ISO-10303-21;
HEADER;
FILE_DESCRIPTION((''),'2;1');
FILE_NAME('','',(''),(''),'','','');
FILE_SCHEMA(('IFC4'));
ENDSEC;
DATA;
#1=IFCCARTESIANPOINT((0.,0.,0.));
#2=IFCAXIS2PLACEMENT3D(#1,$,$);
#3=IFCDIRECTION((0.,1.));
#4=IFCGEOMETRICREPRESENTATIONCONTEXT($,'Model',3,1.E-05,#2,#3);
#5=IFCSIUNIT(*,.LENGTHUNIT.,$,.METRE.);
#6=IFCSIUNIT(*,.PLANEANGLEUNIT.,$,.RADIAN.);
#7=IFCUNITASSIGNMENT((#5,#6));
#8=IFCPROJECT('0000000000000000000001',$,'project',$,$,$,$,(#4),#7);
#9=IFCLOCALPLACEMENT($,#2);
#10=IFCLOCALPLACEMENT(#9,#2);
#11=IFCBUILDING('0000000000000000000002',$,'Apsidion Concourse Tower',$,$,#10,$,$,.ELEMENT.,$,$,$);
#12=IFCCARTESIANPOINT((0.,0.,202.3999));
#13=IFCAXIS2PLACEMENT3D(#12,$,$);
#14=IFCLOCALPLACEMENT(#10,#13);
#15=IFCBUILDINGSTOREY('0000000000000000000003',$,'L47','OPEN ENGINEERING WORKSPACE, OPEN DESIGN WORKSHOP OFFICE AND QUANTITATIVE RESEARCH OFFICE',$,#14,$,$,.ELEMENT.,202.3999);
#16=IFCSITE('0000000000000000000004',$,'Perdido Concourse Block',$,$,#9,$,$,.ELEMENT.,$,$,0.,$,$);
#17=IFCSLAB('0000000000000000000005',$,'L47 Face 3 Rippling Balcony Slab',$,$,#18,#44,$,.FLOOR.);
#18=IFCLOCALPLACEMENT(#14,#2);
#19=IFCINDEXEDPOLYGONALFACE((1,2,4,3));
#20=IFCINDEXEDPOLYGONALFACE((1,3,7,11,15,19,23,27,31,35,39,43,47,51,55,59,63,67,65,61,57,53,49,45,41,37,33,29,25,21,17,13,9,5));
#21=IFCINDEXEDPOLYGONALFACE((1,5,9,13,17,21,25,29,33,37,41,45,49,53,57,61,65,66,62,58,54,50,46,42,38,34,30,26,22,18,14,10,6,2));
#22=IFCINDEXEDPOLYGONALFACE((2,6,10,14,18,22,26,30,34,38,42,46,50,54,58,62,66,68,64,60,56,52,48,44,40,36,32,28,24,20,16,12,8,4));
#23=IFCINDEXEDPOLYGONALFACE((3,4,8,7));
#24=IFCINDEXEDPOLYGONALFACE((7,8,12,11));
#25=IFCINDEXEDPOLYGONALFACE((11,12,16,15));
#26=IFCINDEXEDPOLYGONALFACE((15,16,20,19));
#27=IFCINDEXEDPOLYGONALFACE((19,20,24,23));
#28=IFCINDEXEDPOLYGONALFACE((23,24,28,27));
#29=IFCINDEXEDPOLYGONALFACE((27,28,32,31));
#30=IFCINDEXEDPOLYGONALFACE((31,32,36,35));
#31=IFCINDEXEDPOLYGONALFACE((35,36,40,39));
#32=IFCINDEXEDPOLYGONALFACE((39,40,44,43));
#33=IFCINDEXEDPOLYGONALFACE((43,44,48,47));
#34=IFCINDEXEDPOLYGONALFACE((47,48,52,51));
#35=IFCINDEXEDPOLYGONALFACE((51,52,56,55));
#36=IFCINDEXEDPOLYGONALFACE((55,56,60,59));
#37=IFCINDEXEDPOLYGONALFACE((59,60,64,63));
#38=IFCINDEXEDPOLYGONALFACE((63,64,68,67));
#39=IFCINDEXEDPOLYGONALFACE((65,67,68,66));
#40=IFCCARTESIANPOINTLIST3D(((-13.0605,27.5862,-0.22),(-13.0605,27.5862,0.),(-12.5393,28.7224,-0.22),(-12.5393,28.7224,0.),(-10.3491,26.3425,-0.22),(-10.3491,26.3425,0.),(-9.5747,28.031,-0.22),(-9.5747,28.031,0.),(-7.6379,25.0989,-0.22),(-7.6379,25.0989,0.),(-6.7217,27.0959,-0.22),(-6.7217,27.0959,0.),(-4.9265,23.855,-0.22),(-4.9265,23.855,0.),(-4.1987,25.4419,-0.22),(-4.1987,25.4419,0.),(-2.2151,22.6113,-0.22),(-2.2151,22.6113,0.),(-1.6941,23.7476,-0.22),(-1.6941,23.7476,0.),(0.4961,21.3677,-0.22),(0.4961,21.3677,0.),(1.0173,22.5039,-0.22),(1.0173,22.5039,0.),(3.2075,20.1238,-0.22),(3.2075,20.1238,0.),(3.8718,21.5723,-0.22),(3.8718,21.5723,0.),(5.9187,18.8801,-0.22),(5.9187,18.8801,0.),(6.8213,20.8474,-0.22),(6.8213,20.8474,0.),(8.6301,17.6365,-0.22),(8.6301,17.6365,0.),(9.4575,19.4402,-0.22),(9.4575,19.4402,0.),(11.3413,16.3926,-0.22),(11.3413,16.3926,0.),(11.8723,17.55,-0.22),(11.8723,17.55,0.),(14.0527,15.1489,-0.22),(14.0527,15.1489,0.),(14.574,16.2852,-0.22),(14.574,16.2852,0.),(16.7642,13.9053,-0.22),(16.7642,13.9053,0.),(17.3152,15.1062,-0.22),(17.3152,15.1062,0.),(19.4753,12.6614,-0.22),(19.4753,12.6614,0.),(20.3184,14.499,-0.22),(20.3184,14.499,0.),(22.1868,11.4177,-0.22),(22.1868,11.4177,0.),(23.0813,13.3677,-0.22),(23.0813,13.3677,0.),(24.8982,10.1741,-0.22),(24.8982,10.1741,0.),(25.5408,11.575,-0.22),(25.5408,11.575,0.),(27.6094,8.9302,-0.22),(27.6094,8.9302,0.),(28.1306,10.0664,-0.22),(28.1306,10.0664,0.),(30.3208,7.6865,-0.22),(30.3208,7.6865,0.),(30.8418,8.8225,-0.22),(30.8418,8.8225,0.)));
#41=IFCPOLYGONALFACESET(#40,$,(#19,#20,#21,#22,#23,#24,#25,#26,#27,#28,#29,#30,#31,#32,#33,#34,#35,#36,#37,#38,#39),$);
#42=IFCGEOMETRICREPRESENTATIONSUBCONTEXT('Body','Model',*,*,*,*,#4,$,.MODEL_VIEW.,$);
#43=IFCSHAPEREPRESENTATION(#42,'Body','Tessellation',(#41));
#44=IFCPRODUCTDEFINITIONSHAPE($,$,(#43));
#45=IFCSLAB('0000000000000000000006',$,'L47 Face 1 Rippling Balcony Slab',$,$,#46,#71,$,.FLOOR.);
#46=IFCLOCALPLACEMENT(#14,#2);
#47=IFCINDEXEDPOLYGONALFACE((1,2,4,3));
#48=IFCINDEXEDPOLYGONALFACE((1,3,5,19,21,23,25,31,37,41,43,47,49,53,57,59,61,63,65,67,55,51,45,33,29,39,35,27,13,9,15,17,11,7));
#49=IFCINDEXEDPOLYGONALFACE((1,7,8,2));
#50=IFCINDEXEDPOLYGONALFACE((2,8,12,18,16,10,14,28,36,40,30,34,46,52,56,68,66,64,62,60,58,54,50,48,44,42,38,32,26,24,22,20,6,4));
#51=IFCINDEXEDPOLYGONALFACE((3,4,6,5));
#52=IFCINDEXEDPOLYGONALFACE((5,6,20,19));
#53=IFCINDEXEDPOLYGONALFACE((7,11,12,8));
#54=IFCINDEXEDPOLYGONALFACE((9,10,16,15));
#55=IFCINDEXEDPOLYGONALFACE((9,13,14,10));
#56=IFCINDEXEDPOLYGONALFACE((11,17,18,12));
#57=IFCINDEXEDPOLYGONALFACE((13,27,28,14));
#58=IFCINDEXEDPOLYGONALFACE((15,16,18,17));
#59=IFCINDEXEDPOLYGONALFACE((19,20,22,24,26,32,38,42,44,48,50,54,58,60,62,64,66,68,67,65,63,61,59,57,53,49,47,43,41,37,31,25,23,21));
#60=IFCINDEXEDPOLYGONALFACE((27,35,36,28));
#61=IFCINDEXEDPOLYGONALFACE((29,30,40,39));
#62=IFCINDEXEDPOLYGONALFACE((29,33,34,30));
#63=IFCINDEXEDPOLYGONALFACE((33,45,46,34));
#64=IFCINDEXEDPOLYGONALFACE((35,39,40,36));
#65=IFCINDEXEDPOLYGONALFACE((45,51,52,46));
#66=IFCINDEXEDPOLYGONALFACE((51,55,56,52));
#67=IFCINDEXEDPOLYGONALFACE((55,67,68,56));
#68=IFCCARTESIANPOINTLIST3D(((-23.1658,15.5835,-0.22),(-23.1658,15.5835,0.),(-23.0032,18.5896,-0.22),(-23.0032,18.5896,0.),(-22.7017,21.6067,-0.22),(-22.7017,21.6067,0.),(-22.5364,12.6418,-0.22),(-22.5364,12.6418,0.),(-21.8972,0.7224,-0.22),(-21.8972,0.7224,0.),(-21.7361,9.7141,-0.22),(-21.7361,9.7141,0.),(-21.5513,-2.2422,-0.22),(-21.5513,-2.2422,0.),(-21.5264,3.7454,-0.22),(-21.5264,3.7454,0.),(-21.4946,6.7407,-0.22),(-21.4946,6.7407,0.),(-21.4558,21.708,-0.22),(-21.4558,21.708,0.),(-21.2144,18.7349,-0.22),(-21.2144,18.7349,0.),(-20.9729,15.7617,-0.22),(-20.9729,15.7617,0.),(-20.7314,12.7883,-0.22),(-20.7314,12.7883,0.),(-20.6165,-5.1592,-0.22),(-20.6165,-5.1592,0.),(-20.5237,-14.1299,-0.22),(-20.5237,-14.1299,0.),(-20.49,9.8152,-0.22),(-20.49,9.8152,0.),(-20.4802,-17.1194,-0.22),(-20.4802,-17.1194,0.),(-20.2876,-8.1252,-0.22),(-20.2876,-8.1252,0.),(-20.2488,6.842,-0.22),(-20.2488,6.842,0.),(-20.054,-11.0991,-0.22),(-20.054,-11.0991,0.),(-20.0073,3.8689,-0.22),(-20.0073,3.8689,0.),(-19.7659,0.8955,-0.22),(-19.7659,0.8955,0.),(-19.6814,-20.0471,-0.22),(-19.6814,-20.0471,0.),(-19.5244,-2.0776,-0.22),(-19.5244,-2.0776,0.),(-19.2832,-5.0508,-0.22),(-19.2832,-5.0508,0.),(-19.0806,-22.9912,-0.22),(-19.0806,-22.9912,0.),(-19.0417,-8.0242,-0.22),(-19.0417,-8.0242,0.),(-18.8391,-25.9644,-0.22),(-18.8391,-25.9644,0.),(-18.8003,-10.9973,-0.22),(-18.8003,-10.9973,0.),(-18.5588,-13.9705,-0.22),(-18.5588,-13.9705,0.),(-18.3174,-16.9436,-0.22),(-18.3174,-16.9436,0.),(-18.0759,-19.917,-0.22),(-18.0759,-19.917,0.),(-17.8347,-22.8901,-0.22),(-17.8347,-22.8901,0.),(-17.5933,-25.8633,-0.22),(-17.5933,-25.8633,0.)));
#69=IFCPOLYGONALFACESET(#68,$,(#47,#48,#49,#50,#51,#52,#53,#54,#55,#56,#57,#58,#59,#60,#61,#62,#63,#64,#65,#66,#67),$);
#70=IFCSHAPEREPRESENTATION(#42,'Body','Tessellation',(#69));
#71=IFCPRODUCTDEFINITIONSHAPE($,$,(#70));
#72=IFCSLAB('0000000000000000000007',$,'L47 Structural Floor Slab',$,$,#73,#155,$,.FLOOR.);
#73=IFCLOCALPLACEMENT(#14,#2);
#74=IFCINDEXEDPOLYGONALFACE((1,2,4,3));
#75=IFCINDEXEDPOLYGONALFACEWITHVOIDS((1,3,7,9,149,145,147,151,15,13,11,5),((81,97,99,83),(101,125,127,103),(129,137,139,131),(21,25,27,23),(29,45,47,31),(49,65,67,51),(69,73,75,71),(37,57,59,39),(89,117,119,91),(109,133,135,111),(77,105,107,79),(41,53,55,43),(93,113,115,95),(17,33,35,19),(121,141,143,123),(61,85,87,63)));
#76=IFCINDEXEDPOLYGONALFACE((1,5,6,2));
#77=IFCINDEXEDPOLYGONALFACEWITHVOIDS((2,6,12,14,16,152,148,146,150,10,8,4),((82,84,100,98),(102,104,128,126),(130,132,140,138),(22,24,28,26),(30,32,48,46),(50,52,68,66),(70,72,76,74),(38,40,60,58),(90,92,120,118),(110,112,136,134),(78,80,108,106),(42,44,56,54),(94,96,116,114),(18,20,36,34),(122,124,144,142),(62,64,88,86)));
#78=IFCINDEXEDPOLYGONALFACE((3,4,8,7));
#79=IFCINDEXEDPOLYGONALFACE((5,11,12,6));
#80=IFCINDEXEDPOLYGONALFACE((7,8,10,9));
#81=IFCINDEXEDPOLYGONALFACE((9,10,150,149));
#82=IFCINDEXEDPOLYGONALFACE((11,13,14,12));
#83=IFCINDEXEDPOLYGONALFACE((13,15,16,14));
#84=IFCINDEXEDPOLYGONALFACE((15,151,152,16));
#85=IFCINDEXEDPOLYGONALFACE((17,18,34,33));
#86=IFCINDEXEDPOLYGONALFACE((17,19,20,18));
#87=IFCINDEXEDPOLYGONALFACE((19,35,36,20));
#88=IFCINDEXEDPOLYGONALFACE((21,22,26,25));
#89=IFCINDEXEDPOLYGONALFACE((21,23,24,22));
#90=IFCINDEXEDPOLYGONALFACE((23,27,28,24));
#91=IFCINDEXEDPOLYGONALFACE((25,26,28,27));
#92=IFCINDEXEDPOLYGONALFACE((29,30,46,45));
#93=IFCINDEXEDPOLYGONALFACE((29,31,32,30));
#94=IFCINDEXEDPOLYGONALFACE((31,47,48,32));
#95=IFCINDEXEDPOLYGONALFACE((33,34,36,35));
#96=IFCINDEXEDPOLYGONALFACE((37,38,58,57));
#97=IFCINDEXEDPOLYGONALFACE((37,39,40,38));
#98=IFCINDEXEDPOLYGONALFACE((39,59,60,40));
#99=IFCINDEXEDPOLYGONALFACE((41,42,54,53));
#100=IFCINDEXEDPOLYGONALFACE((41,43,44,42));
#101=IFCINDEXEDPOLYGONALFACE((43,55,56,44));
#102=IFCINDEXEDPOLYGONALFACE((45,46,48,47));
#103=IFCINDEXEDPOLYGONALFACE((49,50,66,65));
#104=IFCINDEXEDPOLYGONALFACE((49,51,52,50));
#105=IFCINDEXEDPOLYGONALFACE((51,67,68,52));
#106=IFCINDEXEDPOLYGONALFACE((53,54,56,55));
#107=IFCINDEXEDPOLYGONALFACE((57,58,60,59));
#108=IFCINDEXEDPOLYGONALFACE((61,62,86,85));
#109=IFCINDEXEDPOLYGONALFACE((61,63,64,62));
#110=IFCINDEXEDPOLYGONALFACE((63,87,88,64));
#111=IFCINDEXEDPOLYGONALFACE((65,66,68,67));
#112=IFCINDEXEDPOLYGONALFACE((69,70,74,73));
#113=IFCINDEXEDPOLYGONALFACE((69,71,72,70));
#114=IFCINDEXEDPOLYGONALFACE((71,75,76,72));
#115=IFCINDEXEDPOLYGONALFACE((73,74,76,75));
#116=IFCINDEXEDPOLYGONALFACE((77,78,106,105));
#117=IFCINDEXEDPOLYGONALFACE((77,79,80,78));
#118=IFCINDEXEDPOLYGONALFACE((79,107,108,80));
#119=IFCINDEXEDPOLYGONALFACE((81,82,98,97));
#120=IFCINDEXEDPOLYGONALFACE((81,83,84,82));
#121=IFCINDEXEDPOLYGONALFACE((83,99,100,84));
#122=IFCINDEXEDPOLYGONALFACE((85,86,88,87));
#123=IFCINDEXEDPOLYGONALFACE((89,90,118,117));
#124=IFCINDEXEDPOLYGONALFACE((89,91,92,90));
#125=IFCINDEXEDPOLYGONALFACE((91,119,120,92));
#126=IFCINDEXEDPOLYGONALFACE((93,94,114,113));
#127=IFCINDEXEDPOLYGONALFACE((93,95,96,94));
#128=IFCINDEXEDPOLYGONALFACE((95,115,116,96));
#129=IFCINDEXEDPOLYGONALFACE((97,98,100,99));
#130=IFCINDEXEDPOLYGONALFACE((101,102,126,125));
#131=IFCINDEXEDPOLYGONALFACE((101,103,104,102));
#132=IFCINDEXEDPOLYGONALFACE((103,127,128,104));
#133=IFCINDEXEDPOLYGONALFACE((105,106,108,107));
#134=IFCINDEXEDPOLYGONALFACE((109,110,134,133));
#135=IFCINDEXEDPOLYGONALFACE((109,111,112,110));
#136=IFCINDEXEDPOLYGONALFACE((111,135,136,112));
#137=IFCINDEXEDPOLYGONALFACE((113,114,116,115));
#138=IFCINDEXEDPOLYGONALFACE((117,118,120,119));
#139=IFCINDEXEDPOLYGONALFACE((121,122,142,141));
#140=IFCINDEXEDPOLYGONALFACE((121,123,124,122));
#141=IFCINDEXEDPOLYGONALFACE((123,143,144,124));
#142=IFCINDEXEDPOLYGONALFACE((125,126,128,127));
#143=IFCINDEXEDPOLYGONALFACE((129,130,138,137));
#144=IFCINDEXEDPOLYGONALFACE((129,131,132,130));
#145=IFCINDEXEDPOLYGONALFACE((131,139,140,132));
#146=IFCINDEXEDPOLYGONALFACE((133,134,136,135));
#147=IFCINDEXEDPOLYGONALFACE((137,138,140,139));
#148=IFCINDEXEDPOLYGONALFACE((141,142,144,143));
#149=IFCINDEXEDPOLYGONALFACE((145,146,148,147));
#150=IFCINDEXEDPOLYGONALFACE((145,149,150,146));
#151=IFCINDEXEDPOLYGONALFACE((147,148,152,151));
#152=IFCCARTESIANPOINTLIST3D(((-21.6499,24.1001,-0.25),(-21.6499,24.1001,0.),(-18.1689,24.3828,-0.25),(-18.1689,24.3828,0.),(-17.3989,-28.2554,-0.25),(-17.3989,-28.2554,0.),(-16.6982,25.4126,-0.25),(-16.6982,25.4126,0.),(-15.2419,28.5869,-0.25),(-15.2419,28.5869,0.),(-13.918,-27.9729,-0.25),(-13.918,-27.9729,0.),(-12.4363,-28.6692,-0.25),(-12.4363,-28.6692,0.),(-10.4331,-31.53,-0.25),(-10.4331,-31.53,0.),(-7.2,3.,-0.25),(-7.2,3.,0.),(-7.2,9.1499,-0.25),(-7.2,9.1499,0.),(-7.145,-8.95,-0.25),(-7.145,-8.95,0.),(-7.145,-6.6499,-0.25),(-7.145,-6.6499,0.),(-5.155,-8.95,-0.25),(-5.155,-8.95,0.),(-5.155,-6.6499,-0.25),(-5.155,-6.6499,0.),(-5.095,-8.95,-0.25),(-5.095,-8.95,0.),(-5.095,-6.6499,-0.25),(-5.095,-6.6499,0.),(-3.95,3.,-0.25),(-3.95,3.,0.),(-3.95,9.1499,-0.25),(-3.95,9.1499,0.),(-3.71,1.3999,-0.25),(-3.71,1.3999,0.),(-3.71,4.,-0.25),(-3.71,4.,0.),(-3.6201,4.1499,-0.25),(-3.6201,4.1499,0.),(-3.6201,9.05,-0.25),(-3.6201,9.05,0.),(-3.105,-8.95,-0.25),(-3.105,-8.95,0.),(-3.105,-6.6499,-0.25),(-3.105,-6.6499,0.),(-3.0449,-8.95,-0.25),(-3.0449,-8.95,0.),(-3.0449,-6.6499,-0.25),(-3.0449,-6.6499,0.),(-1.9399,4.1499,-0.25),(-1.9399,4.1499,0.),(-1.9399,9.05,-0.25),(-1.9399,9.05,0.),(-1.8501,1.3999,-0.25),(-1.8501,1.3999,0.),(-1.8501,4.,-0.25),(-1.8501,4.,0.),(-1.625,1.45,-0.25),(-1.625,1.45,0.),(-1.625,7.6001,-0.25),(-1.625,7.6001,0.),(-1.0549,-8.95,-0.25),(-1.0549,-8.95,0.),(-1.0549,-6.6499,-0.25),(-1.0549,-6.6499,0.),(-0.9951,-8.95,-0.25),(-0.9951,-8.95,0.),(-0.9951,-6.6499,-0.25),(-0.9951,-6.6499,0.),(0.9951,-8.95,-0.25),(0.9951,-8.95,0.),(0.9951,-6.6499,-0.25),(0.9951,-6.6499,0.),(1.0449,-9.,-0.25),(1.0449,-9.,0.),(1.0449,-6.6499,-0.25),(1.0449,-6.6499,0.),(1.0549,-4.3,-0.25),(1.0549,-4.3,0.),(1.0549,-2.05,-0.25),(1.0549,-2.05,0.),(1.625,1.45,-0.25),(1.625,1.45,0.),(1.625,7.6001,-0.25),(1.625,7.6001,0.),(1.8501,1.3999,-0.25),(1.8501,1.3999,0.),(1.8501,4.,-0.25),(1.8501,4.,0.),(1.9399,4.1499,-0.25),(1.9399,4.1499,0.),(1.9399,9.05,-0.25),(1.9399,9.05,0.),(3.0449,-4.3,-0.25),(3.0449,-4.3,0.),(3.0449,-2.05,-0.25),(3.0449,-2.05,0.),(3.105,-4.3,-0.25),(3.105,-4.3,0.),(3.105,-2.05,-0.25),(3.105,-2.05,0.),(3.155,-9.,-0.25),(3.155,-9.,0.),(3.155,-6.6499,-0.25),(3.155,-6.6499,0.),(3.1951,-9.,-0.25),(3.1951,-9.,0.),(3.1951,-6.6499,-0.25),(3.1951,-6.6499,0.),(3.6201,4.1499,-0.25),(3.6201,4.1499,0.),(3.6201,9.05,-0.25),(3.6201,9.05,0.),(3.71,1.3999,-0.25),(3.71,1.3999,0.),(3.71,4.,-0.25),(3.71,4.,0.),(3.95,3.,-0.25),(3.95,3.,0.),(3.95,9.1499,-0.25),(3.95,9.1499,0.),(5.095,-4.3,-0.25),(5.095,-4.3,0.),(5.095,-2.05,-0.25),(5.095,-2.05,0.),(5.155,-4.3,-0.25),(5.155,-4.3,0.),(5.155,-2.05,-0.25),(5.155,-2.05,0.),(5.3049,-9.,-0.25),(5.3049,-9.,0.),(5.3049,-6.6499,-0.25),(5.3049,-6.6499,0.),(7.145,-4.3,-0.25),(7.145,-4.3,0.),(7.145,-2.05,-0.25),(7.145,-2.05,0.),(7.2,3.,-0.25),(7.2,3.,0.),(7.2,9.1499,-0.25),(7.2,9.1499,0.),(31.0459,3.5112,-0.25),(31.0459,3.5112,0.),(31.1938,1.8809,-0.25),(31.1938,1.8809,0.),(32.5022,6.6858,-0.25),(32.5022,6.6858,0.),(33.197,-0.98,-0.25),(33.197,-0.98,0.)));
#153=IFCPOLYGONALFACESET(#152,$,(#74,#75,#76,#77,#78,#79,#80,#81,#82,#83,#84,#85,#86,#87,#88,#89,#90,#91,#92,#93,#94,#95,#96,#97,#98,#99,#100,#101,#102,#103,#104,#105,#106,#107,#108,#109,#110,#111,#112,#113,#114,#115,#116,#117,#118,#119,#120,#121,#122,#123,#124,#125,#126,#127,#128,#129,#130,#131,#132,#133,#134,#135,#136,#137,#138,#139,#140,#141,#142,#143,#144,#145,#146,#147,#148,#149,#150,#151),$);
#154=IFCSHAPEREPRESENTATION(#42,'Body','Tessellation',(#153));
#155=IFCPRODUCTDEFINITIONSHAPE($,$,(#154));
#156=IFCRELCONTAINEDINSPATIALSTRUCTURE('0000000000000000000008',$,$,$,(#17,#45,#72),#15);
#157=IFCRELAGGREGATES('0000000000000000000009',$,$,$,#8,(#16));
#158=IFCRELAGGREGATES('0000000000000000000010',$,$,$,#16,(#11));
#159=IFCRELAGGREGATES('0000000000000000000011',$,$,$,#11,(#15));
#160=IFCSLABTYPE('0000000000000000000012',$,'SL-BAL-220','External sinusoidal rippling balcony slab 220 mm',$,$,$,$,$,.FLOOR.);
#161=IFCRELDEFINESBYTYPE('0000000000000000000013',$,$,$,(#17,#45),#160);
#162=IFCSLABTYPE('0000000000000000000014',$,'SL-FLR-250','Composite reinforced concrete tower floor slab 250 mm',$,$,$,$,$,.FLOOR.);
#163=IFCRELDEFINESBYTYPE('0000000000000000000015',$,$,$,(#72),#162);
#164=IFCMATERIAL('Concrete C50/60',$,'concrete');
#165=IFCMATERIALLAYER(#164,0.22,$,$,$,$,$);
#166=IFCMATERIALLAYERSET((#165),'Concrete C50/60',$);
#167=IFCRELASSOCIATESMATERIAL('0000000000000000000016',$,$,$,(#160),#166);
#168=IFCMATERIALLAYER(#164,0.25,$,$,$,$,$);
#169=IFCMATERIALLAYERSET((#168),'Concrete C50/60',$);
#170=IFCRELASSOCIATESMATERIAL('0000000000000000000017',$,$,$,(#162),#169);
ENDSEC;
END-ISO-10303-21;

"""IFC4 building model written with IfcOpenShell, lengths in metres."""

from ifc_helpers import new_model, si_unit, direction, frame, origin, place, context, subcontext, project, spatial, polyline, outline, extrude, material, layer, layer_set, type_object, element, save


model = new_model("IFC4")

# Units and contexts
model_context = context("Model", 3, precision=1e-05, world=origin(), true_north=direction((0.0, 1.0)))
body_context = subcontext(model_context, "Body", "Model", "MODEL_VIEW")
ifc_project = project(units=[si_unit("LENGTHUNIT", "METRE"), si_unit("PLANEANGLEUNIT", "RADIAN")], contexts=[model_context])

# Site, building, storey
site_placement = place(None, origin())
site = spatial("IfcSite", under=ifc_project, at=site_placement, Name="Perdido Concourse Block", CompositionType="ELEMENT", RefElevation=0.0)
building_placement = place(site_placement, origin())
building = spatial("IfcBuilding", under=site, at=building_placement, Name="Apsidion Concourse Tower", CompositionType="ELEMENT")
storey_placement = place(building_placement, frame((0.0, 0.0, 202.3999)))
storey = spatial("IfcBuildingStorey", under=building, at=storey_placement, Name="L47", Description="OPEN ENGINEERING WORKSPACE, OPEN DESIGN WORKSHOP OFFICE AND QUANTITATIVE RESEARCH OFFICE", CompositionType="ELEMENT", Elevation=202.3999)

# Shared definitions
ifc_material_1 = material(Name="Concrete C50/60", Category="concrete")

# Slabs
ifc_layer_1 = layer(ifc_material_1, 0.22)
ifc_layer_set_1 = layer_set([ifc_layer_1], Name="Concrete C50/60")
slab_type_1 = type_object("IfcSlabType", Name="SL-BAL-220", Description="External sinusoidal rippling balcony slab 220 mm", PredefinedType="FLOOR", material=ifc_layer_set_1)
slab_1_placement = place(storey_placement, frame((0.0, 0.0, -0.22)))
element("IfcSlab", 1, at=slab_1_placement, inside=storey, type_object=slab_type_1, Name="L47 Face 3 Rippling Balcony Slab", PredefinedType="FLOOR", context=body_context, shape_type="SweptSolid", body=[
    extrude(outline(polyline([(30.3208, 7.6865), (27.6094, 8.9302), (24.8982, 10.1741), (22.1868, 11.4177), (19.4753, 12.6614), (16.7642, 13.9053), (14.0527, 15.1489), (11.3413, 16.3926), (8.6301, 17.6365), (5.9187, 18.8801), (3.2075, 20.1238), (0.4961, 21.3677), (-2.2151, 22.6113), (-4.9265, 23.855), (-7.6379, 25.0989), (-10.3491, 26.3425), (-13.0605, 27.5862), (-12.5393, 28.7224), (-9.5747, 28.031), (-6.7217, 27.0959), (-4.1987, 25.4419), (-1.6941, 23.7476), (1.0173, 22.5039), (3.8718, 21.5723), (6.8213, 20.8474), (9.4575, 19.4402), (11.8723, 17.55), (14.574, 16.2852), (17.3152, 15.1062), (20.3184, 14.499), (23.0813, 13.3677), (25.5408, 11.575), (28.1306, 10.0664), (30.8418, 8.8225), (30.3208, 7.6865)])), origin(), (0.0, 0.0, 1.0), 0.22),
])
slab_2_placement = place(storey_placement, frame((0.0, 0.0, -0.22)))
element("IfcSlab", 2, at=slab_2_placement, inside=storey, type_object=slab_type_1, Name="L47 Face 1 Rippling Balcony Slab", PredefinedType="FLOOR", context=body_context, shape_type="SweptSolid", body=[
    extrude(outline(polyline([(-21.4558, 21.708), (-21.2144, 18.7349), (-20.9729, 15.7617), (-20.7314, 12.7883), (-20.49, 9.8152), (-20.2488, 6.842), (-20.0073, 3.8689), (-19.7659, 0.8955), (-19.5244, -2.0776), (-19.2832, -5.0508), (-19.0417, -8.0242), (-18.8003, -10.9973), (-18.5588, -13.9705), (-18.3174, -16.9436), (-18.0759, -19.917), (-17.8347, -22.8901), (-17.5933, -25.8633), (-18.8391, -25.9644), (-19.0806, -22.9912), (-19.6814, -20.0471), (-20.4802, -17.1194), (-20.5237, -14.1299), (-20.054, -11.0991), (-20.2876, -8.1252), (-20.6165, -5.1592), (-21.5513, -2.2422), (-21.8972, 0.7224), (-21.5264, 3.7454), (-21.4946, 6.7407), (-21.7361, 9.7141), (-22.5364, 12.6418), (-23.1658, 15.5835), (-23.0032, 18.5896), (-22.7017, 21.6067), (-21.4558, 21.708)])), origin(), (0.0, 0.0, 1.0), 0.22),
])
ifc_layer_2 = layer(ifc_material_1, 0.25)
ifc_layer_set_2 = layer_set([ifc_layer_2], Name="Concrete C50/60")
slab_type_2 = type_object("IfcSlabType", Name="SL-FLR-250", Description="Composite reinforced concrete tower floor slab 250 mm", PredefinedType="FLOOR", material=ifc_layer_set_2)
slab_3_placement = place(storey_placement, frame((0.0, 0.0, -0.25)))
element("IfcSlab", 3, at=slab_3_placement, inside=storey, type_object=slab_type_2, Name="L47 Structural Floor Slab", PredefinedType="FLOOR", context=body_context, shape_type="SweptSolid", body=[
    extrude(outline(polyline([(-15.2419, 28.5869), (-16.6982, 25.4126), (-18.1689, 24.3828), (-21.6499, 24.1001), (-17.3989, -28.2554), (-13.918, -27.9729), (-12.4363, -28.6692), (-10.4331, -31.53), (33.197, -0.98), (31.1938, 1.8809), (31.0459, 3.5112), (32.5022, 6.6858), (-15.2419, 28.5869)]), holes=[polyline([(-3.95, 3.0), (-3.95, 9.1499), (-7.2, 9.1499), (-7.2, 3.0), (-3.95, 3.0)]), polyline([(7.2, 3.0), (7.2, 9.1499), (3.95, 9.1499), (3.95, 3.0), (7.2, 3.0)]), polyline([(-1.625, 7.6001), (-1.625, 1.45), (1.625, 1.45), (1.625, 7.6001), (-1.625, 7.6001)]), polyline([(1.0549, -4.3), (3.0449, -4.3), (3.0449, -2.05), (1.0549, -2.05), (1.0549, -4.3)]), polyline([(3.105, -4.3), (5.095, -4.3), (5.095, -2.05), (3.105, -2.05), (3.105, -4.3)]), polyline([(5.155, -4.3), (7.145, -4.3), (7.145, -2.05), (5.155, -2.05), (5.155, -4.3)]), polyline([(-7.145, -8.95), (-5.155, -8.95), (-5.155, -6.6499), (-7.145, -6.6499), (-7.145, -8.95)]), polyline([(-5.095, -8.95), (-3.105, -8.95), (-3.105, -6.6499), (-5.095, -6.6499), (-5.095, -8.95)]), polyline([(-3.0449, -8.95), (-1.0549, -8.95), (-1.0549, -6.6499), (-3.0449, -6.6499), (-3.0449, -8.95)]), polyline([(-0.9951, -8.95), (0.9951, -8.95), (0.9951, -6.6499), (-0.9951, -6.6499), (-0.9951, -8.95)]), polyline([(1.0449, -9.0), (3.155, -9.0), (3.155, -6.6499), (1.0449, -6.6499), (1.0449, -9.0)]), polyline([(3.1951, -9.0), (5.3049, -9.0), (5.3049, -6.6499), (3.1951, -6.6499), (3.1951, -9.0)]), polyline([(-3.71, 1.3999), (-1.8501, 1.3999), (-1.8501, 4.0), (-3.71, 4.0), (-3.71, 1.3999)]), polyline([(1.8501, 1.3999), (3.71, 1.3999), (3.71, 4.0), (1.8501, 4.0), (1.8501, 1.3999)]), polyline([(-3.6201, 4.1499), (-1.9399, 4.1499), (-1.9399, 9.05), (-3.6201, 9.05), (-3.6201, 4.1499)]), polyline([(1.9399, 4.1499), (3.6201, 4.1499), (3.6201, 9.05), (1.9399, 9.05), (1.9399, 4.1499)])]), origin(), (0.0, 0.0, 1.0), 0.25),
])

save(model, "model.ifc")
